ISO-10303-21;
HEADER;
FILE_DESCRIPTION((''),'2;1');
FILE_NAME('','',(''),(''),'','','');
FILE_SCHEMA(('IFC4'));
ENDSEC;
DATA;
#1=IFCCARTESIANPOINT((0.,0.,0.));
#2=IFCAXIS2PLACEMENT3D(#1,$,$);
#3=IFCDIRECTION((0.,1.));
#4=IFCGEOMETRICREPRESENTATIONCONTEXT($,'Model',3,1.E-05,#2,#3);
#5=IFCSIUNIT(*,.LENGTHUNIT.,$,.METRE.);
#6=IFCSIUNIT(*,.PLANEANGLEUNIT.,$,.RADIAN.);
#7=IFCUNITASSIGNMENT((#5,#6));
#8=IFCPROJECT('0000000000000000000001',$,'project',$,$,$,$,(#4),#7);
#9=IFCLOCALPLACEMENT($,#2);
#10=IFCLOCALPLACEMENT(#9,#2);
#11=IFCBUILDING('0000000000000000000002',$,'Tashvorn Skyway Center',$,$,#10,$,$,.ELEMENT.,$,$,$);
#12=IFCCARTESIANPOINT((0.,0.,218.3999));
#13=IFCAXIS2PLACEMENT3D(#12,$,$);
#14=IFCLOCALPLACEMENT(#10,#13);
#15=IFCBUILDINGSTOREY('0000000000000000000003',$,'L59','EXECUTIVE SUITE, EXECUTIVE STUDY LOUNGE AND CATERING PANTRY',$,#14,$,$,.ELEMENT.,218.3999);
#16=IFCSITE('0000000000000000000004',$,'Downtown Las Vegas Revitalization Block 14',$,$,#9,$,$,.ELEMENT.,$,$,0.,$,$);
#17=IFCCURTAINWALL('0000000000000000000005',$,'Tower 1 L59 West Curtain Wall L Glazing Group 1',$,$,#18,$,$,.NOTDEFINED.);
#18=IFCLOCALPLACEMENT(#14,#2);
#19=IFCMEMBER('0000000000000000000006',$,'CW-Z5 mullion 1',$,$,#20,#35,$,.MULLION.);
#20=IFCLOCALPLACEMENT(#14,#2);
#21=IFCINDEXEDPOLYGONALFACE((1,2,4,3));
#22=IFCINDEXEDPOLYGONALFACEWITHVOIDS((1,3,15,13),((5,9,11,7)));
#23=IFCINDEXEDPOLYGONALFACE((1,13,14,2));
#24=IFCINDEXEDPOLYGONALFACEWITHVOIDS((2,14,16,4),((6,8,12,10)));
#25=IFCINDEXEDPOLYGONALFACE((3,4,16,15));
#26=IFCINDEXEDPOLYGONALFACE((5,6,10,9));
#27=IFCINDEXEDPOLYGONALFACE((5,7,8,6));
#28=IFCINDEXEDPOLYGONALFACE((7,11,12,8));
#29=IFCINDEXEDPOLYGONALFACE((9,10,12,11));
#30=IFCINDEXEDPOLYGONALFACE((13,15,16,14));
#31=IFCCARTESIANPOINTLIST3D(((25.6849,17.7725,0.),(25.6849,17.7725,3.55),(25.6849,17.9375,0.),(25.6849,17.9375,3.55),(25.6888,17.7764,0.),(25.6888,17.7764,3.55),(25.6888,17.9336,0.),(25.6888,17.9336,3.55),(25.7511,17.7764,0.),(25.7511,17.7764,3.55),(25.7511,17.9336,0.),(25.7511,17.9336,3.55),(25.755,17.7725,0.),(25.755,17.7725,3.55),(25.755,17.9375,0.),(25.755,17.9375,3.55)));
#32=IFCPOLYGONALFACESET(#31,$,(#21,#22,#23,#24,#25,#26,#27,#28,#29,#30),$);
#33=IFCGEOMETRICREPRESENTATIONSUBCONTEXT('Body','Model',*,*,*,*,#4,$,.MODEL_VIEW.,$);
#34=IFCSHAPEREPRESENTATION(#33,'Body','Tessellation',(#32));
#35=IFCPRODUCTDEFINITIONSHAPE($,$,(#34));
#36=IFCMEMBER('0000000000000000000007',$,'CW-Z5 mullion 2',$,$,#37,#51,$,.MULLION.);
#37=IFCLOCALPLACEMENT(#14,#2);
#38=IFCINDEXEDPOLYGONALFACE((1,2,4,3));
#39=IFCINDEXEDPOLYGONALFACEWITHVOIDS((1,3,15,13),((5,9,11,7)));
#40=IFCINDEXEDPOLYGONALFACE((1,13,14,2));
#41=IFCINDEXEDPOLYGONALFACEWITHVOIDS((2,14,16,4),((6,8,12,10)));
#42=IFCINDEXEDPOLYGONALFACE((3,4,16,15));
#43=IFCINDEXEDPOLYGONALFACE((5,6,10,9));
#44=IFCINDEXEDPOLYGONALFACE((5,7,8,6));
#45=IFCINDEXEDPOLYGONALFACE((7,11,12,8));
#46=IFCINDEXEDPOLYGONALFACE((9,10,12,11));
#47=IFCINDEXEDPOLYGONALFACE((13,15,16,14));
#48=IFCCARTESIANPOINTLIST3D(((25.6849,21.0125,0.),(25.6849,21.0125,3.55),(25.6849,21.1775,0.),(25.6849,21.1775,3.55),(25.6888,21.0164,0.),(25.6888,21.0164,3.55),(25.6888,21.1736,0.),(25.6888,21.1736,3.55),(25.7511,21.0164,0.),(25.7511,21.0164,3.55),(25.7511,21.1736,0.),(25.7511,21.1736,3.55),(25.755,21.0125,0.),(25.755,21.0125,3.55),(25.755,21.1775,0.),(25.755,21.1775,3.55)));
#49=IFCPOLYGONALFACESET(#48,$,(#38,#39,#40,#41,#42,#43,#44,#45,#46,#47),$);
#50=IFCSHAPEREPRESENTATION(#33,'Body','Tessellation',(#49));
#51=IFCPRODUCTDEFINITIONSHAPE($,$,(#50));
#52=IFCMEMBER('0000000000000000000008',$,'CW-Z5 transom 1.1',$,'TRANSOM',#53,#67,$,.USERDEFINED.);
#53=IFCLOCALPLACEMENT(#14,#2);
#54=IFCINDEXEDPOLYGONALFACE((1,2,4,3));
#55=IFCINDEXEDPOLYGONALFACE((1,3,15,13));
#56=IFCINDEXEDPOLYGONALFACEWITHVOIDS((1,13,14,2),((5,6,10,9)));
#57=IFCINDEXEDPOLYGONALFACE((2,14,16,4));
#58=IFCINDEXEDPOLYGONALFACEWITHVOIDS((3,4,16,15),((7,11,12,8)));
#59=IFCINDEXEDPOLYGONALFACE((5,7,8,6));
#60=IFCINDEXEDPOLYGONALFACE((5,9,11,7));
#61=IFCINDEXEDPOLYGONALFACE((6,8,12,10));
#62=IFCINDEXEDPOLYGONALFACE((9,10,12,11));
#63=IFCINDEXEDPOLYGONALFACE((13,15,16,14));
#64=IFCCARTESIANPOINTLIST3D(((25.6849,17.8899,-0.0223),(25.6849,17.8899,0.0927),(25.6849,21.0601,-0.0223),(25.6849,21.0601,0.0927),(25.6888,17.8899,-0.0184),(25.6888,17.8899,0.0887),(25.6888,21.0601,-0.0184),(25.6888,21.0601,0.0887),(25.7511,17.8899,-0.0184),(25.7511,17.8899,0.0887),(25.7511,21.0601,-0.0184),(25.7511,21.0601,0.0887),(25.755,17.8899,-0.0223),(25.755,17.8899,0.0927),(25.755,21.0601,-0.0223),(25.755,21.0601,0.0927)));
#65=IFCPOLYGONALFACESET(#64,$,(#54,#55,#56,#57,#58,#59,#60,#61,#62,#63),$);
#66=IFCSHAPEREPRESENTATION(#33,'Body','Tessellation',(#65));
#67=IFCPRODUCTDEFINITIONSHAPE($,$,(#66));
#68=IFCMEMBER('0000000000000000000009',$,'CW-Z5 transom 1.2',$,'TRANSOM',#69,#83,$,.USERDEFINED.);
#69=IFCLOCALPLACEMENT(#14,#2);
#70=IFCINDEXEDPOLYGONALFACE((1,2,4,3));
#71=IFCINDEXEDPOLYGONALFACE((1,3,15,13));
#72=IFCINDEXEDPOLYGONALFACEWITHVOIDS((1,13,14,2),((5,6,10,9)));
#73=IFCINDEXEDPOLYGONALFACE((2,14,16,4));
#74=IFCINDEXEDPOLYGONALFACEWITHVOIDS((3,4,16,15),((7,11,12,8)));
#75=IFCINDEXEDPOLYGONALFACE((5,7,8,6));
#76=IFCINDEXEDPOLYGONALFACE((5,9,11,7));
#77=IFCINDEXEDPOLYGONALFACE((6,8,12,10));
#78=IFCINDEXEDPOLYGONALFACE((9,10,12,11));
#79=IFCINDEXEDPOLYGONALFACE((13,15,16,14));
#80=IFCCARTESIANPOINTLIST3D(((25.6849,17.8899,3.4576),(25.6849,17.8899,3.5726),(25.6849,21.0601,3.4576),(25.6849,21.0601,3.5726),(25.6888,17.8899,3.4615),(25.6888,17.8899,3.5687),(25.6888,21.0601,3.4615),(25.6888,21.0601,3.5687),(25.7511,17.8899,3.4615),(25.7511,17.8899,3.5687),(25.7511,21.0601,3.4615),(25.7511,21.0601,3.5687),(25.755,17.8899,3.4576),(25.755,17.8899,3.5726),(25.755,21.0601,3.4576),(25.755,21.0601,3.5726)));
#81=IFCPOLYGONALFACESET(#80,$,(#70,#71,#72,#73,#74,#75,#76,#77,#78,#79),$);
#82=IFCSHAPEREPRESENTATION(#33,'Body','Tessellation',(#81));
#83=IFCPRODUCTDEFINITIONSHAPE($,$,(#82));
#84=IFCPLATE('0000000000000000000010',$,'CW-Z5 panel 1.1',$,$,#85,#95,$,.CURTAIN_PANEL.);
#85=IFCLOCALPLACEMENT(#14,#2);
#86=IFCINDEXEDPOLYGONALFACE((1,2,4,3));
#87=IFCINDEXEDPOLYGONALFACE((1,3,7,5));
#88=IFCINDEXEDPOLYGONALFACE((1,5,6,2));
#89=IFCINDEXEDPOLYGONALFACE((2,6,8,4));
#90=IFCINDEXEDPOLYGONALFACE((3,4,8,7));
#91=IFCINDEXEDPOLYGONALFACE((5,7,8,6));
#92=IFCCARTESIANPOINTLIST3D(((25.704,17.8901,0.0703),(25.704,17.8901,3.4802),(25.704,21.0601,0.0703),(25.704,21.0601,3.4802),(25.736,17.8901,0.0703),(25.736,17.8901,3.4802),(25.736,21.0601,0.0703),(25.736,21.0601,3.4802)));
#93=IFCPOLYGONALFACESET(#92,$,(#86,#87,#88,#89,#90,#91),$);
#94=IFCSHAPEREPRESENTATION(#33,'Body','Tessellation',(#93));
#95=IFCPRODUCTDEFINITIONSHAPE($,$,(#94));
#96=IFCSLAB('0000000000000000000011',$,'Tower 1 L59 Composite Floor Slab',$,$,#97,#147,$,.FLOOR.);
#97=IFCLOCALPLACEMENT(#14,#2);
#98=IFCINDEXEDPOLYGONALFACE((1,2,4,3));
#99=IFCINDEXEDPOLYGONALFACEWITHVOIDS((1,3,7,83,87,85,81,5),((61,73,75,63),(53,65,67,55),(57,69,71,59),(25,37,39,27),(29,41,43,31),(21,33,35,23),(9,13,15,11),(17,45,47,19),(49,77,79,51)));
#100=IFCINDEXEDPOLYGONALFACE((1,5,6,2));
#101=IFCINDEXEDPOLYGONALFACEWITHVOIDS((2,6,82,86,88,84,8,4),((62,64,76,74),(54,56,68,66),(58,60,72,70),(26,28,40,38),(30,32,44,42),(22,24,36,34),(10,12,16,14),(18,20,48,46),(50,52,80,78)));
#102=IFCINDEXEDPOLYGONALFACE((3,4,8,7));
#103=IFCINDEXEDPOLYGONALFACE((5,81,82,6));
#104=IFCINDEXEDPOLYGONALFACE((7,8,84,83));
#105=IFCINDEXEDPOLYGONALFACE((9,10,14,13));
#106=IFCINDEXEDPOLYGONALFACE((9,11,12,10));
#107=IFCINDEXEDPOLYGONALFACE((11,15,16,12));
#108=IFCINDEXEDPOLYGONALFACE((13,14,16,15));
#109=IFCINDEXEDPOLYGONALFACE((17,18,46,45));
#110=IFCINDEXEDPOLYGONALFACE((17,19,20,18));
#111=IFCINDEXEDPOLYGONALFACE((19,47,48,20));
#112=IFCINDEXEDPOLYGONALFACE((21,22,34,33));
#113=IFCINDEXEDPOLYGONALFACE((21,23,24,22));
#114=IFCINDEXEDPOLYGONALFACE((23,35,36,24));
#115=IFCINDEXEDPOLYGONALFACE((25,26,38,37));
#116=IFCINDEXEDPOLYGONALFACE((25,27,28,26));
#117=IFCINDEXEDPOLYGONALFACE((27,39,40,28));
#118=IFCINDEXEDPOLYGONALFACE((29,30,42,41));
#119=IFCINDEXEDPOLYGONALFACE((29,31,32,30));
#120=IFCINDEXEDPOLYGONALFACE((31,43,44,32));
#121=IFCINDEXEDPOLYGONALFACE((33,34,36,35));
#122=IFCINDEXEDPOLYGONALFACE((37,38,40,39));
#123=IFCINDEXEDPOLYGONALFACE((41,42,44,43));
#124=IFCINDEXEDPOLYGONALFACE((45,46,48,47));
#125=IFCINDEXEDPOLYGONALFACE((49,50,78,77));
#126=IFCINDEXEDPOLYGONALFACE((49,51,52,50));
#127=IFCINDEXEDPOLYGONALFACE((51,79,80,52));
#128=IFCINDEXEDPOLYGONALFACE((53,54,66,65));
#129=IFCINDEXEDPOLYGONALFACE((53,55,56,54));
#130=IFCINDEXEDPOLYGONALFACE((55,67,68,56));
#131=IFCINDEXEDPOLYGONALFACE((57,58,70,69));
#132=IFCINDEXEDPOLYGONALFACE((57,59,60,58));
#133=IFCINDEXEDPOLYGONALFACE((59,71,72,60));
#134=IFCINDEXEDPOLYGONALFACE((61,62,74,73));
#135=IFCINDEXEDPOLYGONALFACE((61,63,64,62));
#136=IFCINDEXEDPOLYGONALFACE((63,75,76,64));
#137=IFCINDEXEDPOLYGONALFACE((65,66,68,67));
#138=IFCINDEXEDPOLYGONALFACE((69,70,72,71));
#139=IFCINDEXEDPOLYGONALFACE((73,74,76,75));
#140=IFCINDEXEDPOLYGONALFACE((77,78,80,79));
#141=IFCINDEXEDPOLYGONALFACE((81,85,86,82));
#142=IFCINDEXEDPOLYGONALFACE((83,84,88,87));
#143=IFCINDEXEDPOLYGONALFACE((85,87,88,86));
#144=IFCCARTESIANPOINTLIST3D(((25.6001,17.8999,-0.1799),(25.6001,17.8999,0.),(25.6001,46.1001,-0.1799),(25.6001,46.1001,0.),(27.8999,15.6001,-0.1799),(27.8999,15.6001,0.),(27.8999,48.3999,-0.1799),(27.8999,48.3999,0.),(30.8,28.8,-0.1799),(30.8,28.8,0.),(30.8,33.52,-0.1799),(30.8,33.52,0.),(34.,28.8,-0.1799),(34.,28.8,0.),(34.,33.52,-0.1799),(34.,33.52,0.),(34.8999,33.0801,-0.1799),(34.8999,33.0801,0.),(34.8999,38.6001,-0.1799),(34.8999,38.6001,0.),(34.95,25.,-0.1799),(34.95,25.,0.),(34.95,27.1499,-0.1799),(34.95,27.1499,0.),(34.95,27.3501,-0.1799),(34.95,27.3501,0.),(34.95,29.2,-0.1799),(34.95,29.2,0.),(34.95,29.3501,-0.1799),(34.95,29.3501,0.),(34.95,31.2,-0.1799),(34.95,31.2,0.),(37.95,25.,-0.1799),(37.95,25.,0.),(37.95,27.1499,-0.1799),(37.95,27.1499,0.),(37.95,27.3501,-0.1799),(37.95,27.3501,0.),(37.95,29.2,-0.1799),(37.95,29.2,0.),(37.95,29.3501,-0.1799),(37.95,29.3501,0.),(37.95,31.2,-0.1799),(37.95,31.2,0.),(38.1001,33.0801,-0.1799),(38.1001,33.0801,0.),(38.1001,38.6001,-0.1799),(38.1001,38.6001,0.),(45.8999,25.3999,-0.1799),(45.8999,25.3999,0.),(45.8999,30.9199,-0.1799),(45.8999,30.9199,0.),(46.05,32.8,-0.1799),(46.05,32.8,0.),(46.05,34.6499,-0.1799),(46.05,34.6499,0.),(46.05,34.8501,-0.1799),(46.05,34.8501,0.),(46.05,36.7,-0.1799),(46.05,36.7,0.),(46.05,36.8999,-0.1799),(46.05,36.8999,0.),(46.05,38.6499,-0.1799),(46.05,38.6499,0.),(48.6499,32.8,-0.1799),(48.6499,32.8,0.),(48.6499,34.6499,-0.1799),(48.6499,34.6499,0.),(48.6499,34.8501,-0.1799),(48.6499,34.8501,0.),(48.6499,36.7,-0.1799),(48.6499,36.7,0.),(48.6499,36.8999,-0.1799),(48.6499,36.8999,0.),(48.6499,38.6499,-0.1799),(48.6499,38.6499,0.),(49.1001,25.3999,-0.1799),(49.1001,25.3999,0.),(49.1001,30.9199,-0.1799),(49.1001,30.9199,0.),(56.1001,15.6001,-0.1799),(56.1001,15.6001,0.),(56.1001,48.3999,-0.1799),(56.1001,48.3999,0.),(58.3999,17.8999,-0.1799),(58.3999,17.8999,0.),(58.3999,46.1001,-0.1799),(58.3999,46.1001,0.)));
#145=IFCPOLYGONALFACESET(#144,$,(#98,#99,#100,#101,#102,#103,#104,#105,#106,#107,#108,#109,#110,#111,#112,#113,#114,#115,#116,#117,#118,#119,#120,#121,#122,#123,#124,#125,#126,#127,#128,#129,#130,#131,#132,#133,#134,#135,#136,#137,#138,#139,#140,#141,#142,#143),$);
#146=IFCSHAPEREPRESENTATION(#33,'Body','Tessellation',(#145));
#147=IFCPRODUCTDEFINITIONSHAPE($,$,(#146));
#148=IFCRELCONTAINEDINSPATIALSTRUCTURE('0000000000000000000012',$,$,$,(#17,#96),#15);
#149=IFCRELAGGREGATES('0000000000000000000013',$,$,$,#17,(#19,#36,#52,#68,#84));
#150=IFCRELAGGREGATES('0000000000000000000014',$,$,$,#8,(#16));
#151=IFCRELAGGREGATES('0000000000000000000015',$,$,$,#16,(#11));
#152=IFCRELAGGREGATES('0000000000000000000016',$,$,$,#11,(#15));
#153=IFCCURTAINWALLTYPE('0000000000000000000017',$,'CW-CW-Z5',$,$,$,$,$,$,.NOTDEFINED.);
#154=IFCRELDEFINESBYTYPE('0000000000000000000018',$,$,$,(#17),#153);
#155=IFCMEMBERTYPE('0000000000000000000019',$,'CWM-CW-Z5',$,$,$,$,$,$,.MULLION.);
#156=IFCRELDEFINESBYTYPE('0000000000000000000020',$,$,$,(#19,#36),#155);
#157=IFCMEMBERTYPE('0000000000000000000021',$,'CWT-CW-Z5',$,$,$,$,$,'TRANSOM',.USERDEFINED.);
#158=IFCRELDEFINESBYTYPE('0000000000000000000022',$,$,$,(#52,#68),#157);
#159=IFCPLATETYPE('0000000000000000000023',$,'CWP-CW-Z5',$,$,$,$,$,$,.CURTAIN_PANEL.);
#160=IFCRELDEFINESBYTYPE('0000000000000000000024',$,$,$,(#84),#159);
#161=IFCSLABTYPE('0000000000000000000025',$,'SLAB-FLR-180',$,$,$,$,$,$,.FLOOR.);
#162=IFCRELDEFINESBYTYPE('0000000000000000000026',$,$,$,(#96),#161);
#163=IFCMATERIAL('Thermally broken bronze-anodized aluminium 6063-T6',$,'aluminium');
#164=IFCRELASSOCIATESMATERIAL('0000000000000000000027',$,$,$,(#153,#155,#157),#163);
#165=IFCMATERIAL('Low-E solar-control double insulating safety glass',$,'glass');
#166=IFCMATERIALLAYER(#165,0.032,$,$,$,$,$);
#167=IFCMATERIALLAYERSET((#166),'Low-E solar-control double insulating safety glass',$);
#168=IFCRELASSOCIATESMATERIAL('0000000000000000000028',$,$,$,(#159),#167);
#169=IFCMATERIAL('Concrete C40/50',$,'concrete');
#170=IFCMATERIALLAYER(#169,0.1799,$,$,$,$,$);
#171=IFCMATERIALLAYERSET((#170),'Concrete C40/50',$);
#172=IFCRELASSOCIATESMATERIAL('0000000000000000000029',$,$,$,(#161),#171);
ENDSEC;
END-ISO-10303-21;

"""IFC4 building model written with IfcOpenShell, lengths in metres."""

from ifc_helpers import new_model, si_unit, direction, frame, origin, origin_2d, place, context, subcontext, project, spatial, polyline, rectangle, hollow_rectangle, outline, extrude, material, layer, layer_set, material_profile, profile_set, type_object, element, aggregate, save


model = new_model("IFC4")

# Units and contexts
model_context = context("Model", 3, precision=1e-05, world=origin(), true_north=direction((0.0, 1.0)))
body_context = subcontext(model_context, "Body", "Model", "MODEL_VIEW")
ifc_project = project(units=[si_unit("LENGTHUNIT", "METRE"), si_unit("PLANEANGLEUNIT", "RADIAN")], contexts=[model_context])

# Site, building, storey
site_placement = place(None, origin())
site = spatial("IfcSite", under=ifc_project, at=site_placement, Name="Downtown Las Vegas Revitalization Block 14", CompositionType="ELEMENT", RefElevation=0.0)
building_placement = place(site_placement, origin())
building = spatial("IfcBuilding", under=site, at=building_placement, Name="Tashvorn Skyway Center", CompositionType="ELEMENT")
storey_placement = place(building_placement, frame((0.0, 0.0, 218.3999)))
storey = spatial("IfcBuildingStorey", under=building, at=storey_placement, Name="L59", Description="EXECUTIVE SUITE, EXECUTIVE STUDY LOUNGE AND CATERING PANTRY", CompositionType="ELEMENT", Elevation=218.3999)

# Curtain wall, members, plate
ifc_material_1 = material(Name="Thermally broken bronze-anodized aluminium 6063-T6", Category="aluminium")
curtain_wall_type = type_object("IfcCurtainWallType", Name="CW-CW-Z5", PredefinedType="NOTDEFINED", material=ifc_material_1)
curtain_wall_placement = place(storey_placement, origin())
curtain_wall = element("IfcCurtainWall", 1, at=curtain_wall_placement, inside=storey, type_object=curtain_wall_type, Name="Tower 1 L59 West Curtain Wall L Glazing Group 1", PredefinedType="NOTDEFINED")
ifc_material_profile_1 = material_profile(ifc_material_1, hollow_rectangle(XDim=0.0701, YDim=0.165, WallThickness=0.0039, at=origin_2d()), Name="ALU-MULL-70x165")
ifc_profile_set_1 = profile_set([ifc_material_profile_1], Name="Thermally broken bronze-anodized aluminium 6063-T6")
member_type_1 = type_object("IfcMemberType", Name="CWM-CW-Z5", PredefinedType="MULLION", material=ifc_profile_set_1)
member_1_placement = place(storey_placement, frame((25.72, 17.855, 0.0), z_axis=(0.0, 0.0, 1.0), x_axis=(-1.0, 0.0, 0.0)))
member_1 = element("IfcMember", 2, at=member_1_placement, type_object=member_type_1, Name="CW-Z5 mullion 1", PredefinedType="MULLION", context=body_context, shape_type="SweptSolid", body=[
    extrude(hollow_rectangle(XDim=0.0701, YDim=0.165, WallThickness=0.0039, at=origin_2d()), origin(), (0.0, 0.0, 1.0), 3.55),
])
member_2_placement = place(storey_placement, frame((25.72, 21.095, 0.0), z_axis=(0.0, 0.0, 1.0), x_axis=(-1.0, 0.0, 0.0)))
member_2 = element("IfcMember", 3, at=member_2_placement, type_object=member_type_1, Name="CW-Z5 mullion 2", PredefinedType="MULLION", context=body_context, shape_type="SweptSolid", body=[
    extrude(hollow_rectangle(XDim=0.0701, YDim=0.165, WallThickness=0.0039, at=origin_2d()), origin(), (0.0, 0.0, 1.0), 3.55),
])
ifc_material_profile_2 = material_profile(ifc_material_1, hollow_rectangle(XDim=0.0701, YDim=0.115, WallThickness=0.0039, at=origin_2d()), Name="ALU-TRAN-70x115")
ifc_profile_set_2 = profile_set([ifc_material_profile_2], Name="Thermally broken bronze-anodized aluminium 6063-T6")
member_type_2 = type_object("IfcMemberType", Name="CWT-CW-Z5", ElementType="TRANSOM", PredefinedType="USERDEFINED", material=ifc_profile_set_2)
member_3_placement = place(storey_placement, frame((25.72, 17.8899, 0.0352), z_axis=(0.0, 1.0, 0.0), x_axis=(-1.0, 0.0, 0.0)))
member_3 = element("IfcMember", 4, at=member_3_placement, type_object=member_type_2, Name="CW-Z5 transom 1.1", ObjectType="TRANSOM", PredefinedType="USERDEFINED", context=body_context, shape_type="SweptSolid", body=[
    extrude(hollow_rectangle(XDim=0.0701, YDim=0.115, WallThickness=0.0039, at=origin_2d()), origin(), (0.0, 0.0, 1.0), 3.1702),
])
member_4_placement = place(storey_placement, frame((25.72, 17.8899, 3.5151), z_axis=(0.0, 1.0, 0.0), x_axis=(-1.0, 0.0, 0.0)))
member_4 = element("IfcMember", 5, at=member_4_placement, type_object=member_type_2, Name="CW-Z5 transom 1.2", ObjectType="TRANSOM", PredefinedType="USERDEFINED", context=body_context, shape_type="SweptSolid", body=[
    extrude(hollow_rectangle(XDim=0.0701, YDim=0.115, WallThickness=0.0039, at=origin_2d()), origin(), (0.0, 0.0, 1.0), 3.1702),
])
ifc_material_2 = material(Name="Low-E solar-control double insulating safety glass", Category="glass")
ifc_layer_1 = layer(ifc_material_2, 0.032)
ifc_layer_set_1 = layer_set([ifc_layer_1], Name="Low-E solar-control double insulating safety glass")
plate_type = type_object("IfcPlateType", Name="CWP-CW-Z5", PredefinedType="CURTAIN_PANEL", material=ifc_layer_set_1)
plate_placement = place(storey_placement, frame((25.72, 19.4751, 0.0703), z_axis=(0.0, 0.0, 1.0), x_axis=(0.0, 1.0, 0.0)))
plate = element("IfcPlate", 6, at=plate_placement, type_object=plate_type, Name="CW-Z5 panel 1.1", PredefinedType="CURTAIN_PANEL", context=body_context, shape_type="SweptSolid", body=[
    extrude(rectangle(XDim=3.1699, YDim=0.032, at=origin_2d()), origin(), (0.0, 0.0, 1.0), 3.4099),
])
aggregate(curtain_wall, [member_1, member_2, member_3, member_4, plate])

# Slab
ifc_material_3 = material(Name="Concrete C40/50", Category="concrete")
ifc_layer_2 = layer(ifc_material_3, 0.1799)
ifc_layer_set_2 = layer_set([ifc_layer_2], Name="Concrete C40/50")
slab_type_1 = type_object("IfcSlabType", Name="SLAB-FLR-180", PredefinedType="FLOOR", material=ifc_layer_set_2)
slab_1_placement = place(storey_placement, frame((0.0, 0.0, -0.1799)))
element("IfcSlab", 7, at=slab_1_placement, inside=storey, type_object=slab_type_1, Name="Tower 1 L59 Composite Floor Slab", PredefinedType="FLOOR", context=body_context, shape_type="SweptSolid", body=[
    extrude(outline(polyline([(27.8999, 15.6001), (56.1001, 15.6001), (58.3999, 17.8999), (58.3999, 46.1001), (56.1001, 48.3999), (27.8999, 48.3999), (25.6001, 46.1001), (25.6001, 17.8999), (27.8999, 15.6001)]), holes=[polyline([(38.1001, 33.0801), (38.1001, 38.6001), (34.8999, 38.6001), (34.8999, 33.0801), (38.1001, 33.0801)]), polyline([(45.8999, 30.9199), (45.8999, 25.3999), (49.1001, 25.3999), (49.1001, 30.9199), (45.8999, 30.9199)]), polyline([(30.8, 33.52), (30.8, 28.8), (34.0, 28.8), (34.0, 33.52), (30.8, 33.52)]), polyline([(34.95, 29.3501), (37.95, 29.3501), (37.95, 31.2), (34.95, 31.2), (34.95, 29.3501)]), polyline([(34.95, 27.3501), (37.95, 27.3501), (37.95, 29.2), (34.95, 29.2), (34.95, 27.3501)]), polyline([(34.95, 25.0), (37.95, 25.0), (37.95, 27.1499), (34.95, 27.1499), (34.95, 25.0)]), polyline([(46.05, 32.8), (48.6499, 32.8), (48.6499, 34.6499), (46.05, 34.6499), (46.05, 32.8)]), polyline([(46.05, 34.8501), (48.6499, 34.8501), (48.6499, 36.7), (46.05, 36.7), (46.05, 34.8501)]), polyline([(46.05, 36.8999), (48.6499, 36.8999), (48.6499, 38.6499), (46.05, 38.6499), (46.05, 36.8999)])]), origin(), (0.0, 0.0, 1.0), 0.1799),
])

save(model, "model.ifc")
